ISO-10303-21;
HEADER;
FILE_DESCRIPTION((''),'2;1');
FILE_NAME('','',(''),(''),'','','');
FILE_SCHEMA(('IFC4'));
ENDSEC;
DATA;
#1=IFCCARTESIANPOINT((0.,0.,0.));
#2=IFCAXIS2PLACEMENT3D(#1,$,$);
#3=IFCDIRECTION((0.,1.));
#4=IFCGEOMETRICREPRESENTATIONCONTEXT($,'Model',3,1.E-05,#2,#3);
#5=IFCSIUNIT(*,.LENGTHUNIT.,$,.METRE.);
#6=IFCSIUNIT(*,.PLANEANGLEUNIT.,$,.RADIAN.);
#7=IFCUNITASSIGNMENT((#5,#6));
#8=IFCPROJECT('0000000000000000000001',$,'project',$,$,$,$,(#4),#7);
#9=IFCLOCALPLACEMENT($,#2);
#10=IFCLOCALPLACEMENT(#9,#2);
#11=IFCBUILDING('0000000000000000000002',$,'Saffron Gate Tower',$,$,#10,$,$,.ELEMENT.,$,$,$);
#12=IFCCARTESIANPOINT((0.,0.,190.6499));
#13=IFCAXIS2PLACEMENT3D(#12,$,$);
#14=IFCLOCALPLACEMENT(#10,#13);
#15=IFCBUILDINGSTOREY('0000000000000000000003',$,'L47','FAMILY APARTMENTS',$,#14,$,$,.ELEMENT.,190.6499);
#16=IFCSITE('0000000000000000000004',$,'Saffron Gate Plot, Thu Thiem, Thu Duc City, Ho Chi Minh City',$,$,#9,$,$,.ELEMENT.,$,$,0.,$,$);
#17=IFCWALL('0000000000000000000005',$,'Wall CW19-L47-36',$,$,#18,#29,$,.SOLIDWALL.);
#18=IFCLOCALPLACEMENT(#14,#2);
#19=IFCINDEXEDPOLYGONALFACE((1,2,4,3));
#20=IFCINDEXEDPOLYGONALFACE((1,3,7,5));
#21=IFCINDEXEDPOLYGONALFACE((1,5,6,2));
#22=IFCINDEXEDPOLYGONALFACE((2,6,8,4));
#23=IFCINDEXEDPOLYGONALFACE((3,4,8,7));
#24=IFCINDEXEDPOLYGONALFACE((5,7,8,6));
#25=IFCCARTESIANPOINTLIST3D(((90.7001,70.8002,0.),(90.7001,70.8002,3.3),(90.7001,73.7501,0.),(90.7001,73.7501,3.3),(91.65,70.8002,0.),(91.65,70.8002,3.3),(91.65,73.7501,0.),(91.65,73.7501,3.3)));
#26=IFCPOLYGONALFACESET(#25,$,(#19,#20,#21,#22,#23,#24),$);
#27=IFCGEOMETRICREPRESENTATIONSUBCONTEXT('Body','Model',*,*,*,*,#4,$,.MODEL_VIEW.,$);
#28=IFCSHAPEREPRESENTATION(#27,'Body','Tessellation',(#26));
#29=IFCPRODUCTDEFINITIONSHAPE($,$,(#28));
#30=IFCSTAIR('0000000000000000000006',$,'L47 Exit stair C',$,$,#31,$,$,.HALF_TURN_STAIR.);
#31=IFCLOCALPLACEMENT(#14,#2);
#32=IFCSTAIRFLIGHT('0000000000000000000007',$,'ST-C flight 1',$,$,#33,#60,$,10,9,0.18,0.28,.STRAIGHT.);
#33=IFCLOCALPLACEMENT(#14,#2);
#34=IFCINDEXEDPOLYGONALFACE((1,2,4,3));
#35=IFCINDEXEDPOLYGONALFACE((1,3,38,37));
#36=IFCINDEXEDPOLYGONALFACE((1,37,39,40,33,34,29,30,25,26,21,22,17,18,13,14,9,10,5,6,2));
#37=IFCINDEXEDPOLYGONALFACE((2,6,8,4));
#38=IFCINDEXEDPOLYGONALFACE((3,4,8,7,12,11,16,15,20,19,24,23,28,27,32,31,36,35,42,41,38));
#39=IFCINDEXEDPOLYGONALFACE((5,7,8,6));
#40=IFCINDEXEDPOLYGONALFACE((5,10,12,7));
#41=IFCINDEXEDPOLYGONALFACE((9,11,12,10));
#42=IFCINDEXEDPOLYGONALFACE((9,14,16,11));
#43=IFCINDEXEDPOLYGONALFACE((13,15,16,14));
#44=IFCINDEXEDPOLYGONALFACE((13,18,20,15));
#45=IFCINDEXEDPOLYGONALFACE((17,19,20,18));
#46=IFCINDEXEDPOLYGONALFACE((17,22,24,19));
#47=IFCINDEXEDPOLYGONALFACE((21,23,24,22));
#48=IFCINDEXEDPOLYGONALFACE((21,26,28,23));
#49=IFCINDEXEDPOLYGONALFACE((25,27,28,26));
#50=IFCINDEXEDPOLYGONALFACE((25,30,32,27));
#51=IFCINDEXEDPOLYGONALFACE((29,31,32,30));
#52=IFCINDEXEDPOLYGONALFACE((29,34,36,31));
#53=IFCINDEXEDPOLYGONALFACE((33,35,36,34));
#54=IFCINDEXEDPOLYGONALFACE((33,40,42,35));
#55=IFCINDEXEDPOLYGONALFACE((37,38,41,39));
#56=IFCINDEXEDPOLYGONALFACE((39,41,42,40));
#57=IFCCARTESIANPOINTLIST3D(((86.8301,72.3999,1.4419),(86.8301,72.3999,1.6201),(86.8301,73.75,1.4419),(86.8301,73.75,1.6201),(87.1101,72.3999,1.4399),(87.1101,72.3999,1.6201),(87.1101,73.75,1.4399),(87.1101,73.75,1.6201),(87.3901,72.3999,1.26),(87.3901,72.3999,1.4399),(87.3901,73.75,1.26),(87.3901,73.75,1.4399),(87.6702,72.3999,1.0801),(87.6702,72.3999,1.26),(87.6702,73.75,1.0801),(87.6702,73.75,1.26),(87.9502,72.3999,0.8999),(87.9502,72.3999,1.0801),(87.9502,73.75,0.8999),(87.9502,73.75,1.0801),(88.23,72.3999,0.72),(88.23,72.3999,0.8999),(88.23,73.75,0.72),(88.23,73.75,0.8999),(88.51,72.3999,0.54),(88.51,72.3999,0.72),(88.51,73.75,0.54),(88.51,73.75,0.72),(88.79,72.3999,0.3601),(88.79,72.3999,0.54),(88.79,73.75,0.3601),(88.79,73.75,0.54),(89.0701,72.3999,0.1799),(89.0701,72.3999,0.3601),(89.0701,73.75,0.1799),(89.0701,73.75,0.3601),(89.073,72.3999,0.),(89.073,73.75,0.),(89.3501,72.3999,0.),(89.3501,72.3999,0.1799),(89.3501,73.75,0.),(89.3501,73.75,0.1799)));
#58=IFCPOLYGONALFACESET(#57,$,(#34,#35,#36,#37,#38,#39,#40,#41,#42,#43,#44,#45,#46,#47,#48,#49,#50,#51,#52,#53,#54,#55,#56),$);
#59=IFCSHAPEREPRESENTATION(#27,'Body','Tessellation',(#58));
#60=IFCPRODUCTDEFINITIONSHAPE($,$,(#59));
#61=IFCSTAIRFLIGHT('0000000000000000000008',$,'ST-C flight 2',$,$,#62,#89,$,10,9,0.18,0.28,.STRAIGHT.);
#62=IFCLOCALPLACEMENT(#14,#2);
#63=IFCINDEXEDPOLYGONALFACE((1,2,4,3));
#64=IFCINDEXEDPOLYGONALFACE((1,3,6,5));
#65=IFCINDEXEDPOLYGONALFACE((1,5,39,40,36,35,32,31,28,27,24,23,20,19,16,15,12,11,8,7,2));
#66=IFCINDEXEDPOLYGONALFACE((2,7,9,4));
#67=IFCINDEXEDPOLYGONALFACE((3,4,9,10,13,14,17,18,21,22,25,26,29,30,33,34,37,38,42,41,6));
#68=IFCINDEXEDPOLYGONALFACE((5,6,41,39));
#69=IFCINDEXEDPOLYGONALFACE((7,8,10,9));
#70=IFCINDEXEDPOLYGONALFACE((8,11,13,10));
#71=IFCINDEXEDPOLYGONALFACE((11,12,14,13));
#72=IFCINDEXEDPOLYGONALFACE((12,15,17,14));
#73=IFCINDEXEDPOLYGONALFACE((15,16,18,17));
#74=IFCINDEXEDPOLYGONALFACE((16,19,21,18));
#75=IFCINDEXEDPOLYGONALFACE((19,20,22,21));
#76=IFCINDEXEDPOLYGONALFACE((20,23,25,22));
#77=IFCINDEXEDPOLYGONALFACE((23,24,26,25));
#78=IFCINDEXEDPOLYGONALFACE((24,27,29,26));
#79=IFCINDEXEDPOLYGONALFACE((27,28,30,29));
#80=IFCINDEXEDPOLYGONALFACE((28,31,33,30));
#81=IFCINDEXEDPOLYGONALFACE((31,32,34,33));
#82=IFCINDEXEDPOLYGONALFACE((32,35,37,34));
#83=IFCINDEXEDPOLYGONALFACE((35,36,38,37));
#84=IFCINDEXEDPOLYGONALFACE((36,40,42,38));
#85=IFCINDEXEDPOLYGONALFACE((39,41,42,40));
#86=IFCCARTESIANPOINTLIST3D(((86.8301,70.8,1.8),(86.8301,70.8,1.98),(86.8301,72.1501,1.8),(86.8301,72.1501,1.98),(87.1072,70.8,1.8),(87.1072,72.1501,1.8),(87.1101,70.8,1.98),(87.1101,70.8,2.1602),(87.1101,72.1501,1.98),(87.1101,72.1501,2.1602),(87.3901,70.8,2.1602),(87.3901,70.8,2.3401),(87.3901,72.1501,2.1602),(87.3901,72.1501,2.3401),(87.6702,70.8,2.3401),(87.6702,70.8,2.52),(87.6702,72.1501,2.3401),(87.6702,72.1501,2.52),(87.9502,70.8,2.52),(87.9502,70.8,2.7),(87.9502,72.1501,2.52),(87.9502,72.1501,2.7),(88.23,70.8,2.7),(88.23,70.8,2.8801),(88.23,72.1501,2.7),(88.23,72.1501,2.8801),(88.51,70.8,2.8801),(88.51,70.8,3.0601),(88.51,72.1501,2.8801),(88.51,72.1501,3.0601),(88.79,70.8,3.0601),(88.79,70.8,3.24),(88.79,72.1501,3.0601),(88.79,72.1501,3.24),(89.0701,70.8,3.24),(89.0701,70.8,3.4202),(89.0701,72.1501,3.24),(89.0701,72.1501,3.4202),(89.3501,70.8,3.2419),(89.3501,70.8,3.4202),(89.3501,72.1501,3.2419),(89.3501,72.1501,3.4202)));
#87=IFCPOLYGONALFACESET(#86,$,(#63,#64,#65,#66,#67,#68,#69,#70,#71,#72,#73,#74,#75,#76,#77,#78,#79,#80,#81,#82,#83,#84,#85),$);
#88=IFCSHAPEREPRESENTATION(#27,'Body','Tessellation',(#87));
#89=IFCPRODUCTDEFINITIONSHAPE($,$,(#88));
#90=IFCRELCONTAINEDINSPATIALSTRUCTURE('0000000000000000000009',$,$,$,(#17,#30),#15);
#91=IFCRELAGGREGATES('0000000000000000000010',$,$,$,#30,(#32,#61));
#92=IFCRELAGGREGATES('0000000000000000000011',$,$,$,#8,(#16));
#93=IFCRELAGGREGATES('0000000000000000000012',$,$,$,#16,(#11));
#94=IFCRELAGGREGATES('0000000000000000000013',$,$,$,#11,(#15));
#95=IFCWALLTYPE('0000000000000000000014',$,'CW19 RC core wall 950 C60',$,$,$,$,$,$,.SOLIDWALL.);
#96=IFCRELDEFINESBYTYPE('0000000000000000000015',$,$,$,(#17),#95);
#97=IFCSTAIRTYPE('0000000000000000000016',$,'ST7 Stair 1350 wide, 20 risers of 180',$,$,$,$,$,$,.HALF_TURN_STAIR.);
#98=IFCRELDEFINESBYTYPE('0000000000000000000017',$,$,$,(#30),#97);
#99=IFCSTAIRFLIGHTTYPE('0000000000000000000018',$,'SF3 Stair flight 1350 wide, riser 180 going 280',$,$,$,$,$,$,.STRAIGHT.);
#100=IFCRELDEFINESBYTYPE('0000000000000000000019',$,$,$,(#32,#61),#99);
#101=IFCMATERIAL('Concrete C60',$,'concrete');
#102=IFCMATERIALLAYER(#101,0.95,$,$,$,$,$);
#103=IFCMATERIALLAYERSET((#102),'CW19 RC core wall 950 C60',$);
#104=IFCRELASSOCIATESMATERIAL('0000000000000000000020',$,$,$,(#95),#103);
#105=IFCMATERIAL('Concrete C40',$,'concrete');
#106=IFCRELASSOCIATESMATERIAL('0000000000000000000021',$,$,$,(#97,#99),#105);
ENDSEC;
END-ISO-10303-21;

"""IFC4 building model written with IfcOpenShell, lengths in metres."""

from ifc_helpers import new_model, si_unit, direction, frame, frame_2d, origin, place, context, subcontext, project, spatial, polyline, rectangle, outline, extrude, material, layer, layer_set, type_object, element, aggregate, save


model = new_model("IFC4")

# Units and contexts
model_context = context("Model", 3, precision=1e-05, world=origin(), true_north=direction((0.0, 1.0)))
body_context = subcontext(model_context, "Body", "Model", "MODEL_VIEW")
ifc_project = project(units=[si_unit("LENGTHUNIT", "METRE"), si_unit("PLANEANGLEUNIT", "RADIAN")], contexts=[model_context])

# Site, building, storey
site_placement = place(None, origin())
site = spatial("IfcSite", under=ifc_project, at=site_placement, Name="Saffron Gate Plot, Thu Thiem, Thu Duc City, Ho Chi Minh City", CompositionType="ELEMENT", RefElevation=0.0)
building_placement = place(site_placement, origin())
building = spatial("IfcBuilding", under=site, at=building_placement, Name="Saffron Gate Tower", CompositionType="ELEMENT")
storey_placement = place(building_placement, frame((0.0, 0.0, 190.6499)))
storey = spatial("IfcBuildingStorey", under=building, at=storey_placement, Name="L47", Description="FAMILY APARTMENTS", CompositionType="ELEMENT", Elevation=190.6499)

# Shared definitions
ifc_material_1 = material(Name="Concrete C60", Category="concrete")

# Wall
ifc_layer_1 = layer(ifc_material_1, 0.95)
ifc_layer_set_1 = layer_set([ifc_layer_1], Name="CW19 RC core wall 950 C60")
wall_type_1 = type_object("IfcWallType", Name="CW19 RC core wall 950 C60", PredefinedType="SOLIDWALL", material=ifc_layer_set_1)
wall_1_placement = place(storey_placement, frame((91.175, 70.8, 0.0), z_axis=(0.0, 0.0, 1.0), x_axis=(0.0, 1.0, 0.0)))
element("IfcWall", 1, at=wall_1_placement, inside=storey, type_object=wall_type_1, Name="Wall CW19-L47-36", PredefinedType="SOLIDWALL", context=body_context, shape_type="SweptSolid", body=[
    extrude(rectangle(XDim=2.95, YDim=0.95, at=frame_2d((1.4751, 0.0))), origin(), (0.0, 0.0, 1.0), 3.3),
])

# Stair, stair flights
ifc_material_2 = material(Name="Concrete C40", Category="concrete")
stair_type = type_object("IfcStairType", Name="ST7 Stair 1350 wide, 20 risers of 180", PredefinedType="HALF_TURN_STAIR", material=ifc_material_2)
stair_placement = place(storey_placement, origin())
stair = element("IfcStair", 2, at=stair_placement, inside=storey, type_object=stair_type, Name="L47 Exit stair C", PredefinedType="HALF_TURN_STAIR")
stair_flight_type = type_object("IfcStairFlightType", Name="SF3 Stair flight 1350 wide, riser 180 going 280", PredefinedType="STRAIGHT", material=ifc_material_2)
stair_flight_1_placement = place(storey_placement, frame((89.3501, 73.075, 0.0), z_axis=(0.0, 0.0, 1.0), x_axis=(-1.0, 0.0, 0.0)))
stair_flight_1 = element("IfcStairFlight", 3, at=stair_flight_1_placement, type_object=stair_flight_type, Name="ST-C flight 1", NumberOfRisers=10, NumberOfTreads=9, PredefinedType="STRAIGHT", RiserHeight=0.18, TreadLength=0.28, context=body_context, shape_type="SweptSolid", body=[
    extrude(outline(polyline([(0.0, 0.0), (0.0, 0.1799), (0.28, 0.1799), (0.28, 0.3601), (0.5601, 0.3601), (0.5601, 0.54), (0.8401, 0.54), (0.8401, 0.72), (1.1201, 0.72), (1.1201, 0.8999), (1.3999, 0.8999), (1.3999, 1.0801), (1.6799, 1.0801), (1.6799, 1.26), (1.96, 1.26), (1.96, 1.4399), (2.24, 1.4399), (2.24, 1.6201), (2.52, 1.6201), (2.52, 1.8), (2.52, 1.4419), (0.2771, 0.0), (0.0, 0.0)])), frame((0.0, 0.675, 0.0), z_axis=(0.0, -1.0, 0.0), x_axis=(1.0, 0.0, 0.0)), (0.0, 0.0, 1.0), 1.3501),
])
stair_flight_2_placement = place(storey_placement, frame((86.8301, 71.4751, 1.8), z_axis=(0.0, 0.0, 1.0), x_axis=(1.0, 0.0, 0.0)))
stair_flight_2 = element("IfcStairFlight", 4, at=stair_flight_2_placement, type_object=stair_flight_type, Name="ST-C flight 2", NumberOfRisers=10, NumberOfTreads=9, PredefinedType="STRAIGHT", RiserHeight=0.18, TreadLength=0.28, context=body_context, shape_type="SweptSolid", body=[
    extrude(outline(polyline([(0.0, 0.0), (0.0, 0.1799), (0.28, 0.1799), (0.28, 0.3601), (0.5601, 0.3601), (0.5601, 0.54), (0.8401, 0.54), (0.8401, 0.72), (1.1201, 0.72), (1.1201, 0.8999), (1.3999, 0.8999), (1.3999, 1.0801), (1.6799, 1.0801), (1.6799, 1.26), (1.96, 1.26), (1.96, 1.4399), (2.24, 1.4399), (2.24, 1.6201), (2.52, 1.6201), (2.52, 1.8), (2.52, 1.4419), (0.2771, 0.0), (0.0, 0.0)])), frame((0.0, 0.675, 0.0), z_axis=(0.0, -1.0, 0.0), x_axis=(1.0, 0.0, 0.0)), (0.0, 0.0, 1.0), 1.3501),
])
aggregate(stair, [stair_flight_1, stair_flight_2])

save(model, "model.ifc")
